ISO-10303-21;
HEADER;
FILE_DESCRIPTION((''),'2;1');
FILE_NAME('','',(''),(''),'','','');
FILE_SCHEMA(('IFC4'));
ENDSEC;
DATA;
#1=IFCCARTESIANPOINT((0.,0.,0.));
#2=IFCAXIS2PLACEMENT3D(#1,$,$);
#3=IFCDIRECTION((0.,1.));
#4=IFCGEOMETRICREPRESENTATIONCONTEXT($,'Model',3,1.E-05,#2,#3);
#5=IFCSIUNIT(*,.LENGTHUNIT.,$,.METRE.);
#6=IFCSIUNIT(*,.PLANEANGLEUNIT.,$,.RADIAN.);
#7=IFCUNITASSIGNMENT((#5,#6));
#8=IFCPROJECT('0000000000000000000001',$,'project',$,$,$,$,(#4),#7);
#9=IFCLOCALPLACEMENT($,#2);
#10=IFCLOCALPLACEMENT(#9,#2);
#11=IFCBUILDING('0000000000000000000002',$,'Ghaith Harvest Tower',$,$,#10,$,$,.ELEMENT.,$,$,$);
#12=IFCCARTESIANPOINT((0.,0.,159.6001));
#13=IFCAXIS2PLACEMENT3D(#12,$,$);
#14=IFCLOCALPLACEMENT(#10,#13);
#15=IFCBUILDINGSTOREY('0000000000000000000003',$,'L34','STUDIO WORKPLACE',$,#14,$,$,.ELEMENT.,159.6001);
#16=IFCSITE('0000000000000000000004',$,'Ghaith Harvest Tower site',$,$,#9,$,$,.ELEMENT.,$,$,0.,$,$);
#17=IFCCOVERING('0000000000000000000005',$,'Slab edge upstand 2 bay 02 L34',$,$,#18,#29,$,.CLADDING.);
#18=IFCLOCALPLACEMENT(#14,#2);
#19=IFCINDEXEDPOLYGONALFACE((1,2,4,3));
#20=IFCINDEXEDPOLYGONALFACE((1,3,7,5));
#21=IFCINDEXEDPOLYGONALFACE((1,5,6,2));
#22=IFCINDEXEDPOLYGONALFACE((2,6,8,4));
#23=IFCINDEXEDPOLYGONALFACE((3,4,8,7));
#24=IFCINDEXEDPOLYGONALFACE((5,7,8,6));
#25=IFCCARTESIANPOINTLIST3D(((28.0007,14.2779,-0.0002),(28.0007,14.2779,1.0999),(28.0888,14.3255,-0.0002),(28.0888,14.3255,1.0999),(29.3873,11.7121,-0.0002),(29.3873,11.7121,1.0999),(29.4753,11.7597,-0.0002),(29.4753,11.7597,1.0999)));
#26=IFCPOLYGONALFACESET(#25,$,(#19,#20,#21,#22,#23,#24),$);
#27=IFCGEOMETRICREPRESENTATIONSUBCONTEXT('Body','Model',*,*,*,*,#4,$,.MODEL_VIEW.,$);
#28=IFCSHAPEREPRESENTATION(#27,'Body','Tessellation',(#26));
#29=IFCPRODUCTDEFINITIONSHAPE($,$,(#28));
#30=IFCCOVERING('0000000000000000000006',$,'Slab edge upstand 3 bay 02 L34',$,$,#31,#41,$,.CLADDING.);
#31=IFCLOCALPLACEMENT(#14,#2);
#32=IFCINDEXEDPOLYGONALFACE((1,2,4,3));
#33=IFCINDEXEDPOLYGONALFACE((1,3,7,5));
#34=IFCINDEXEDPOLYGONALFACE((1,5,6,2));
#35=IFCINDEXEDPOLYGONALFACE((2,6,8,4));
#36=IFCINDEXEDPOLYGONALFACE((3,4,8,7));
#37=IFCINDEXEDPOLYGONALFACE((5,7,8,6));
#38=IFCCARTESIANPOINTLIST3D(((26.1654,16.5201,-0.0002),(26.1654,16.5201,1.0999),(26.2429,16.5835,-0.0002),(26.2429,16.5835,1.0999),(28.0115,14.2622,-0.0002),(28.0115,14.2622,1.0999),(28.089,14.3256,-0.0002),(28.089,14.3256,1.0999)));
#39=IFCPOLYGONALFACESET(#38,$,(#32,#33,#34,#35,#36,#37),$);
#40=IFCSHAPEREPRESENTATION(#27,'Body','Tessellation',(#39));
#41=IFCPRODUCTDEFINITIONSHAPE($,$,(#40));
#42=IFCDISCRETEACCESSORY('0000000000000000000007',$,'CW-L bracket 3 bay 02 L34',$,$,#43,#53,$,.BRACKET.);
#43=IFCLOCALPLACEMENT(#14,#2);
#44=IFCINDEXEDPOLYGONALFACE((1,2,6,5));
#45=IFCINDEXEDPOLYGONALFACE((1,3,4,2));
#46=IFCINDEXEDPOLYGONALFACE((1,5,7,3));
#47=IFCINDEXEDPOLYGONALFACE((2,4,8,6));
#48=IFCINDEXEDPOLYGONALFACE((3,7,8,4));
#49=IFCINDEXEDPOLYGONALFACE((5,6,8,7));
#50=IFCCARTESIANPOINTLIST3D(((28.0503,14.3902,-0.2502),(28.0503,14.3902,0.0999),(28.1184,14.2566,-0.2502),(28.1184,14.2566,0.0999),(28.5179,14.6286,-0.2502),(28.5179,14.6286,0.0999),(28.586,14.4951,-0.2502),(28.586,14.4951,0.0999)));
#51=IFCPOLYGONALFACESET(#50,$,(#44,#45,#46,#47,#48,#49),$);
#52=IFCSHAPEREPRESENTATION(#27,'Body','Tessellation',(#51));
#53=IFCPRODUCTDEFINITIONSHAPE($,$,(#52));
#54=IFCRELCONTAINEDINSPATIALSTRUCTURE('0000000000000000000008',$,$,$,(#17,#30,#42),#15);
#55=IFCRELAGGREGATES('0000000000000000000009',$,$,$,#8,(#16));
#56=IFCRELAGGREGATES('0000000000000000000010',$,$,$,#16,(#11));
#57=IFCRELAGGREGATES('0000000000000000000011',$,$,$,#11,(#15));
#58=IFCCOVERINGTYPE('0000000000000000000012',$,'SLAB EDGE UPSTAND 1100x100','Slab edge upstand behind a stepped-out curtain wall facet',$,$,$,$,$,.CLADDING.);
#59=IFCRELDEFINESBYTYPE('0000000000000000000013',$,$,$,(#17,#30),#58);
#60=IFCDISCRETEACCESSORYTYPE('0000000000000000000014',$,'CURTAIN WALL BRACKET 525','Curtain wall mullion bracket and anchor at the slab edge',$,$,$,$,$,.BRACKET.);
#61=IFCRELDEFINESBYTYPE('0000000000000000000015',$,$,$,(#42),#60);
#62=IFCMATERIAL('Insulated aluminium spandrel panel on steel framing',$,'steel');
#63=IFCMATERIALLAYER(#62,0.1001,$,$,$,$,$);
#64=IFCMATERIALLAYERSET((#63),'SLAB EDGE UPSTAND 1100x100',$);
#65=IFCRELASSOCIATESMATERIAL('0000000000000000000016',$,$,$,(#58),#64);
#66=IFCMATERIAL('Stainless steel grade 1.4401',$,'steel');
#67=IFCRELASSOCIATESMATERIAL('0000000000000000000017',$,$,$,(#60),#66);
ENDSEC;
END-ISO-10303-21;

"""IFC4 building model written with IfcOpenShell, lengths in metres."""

from ifc_helpers import new_model, si_unit, direction, frame, origin, origin_2d, place, context, subcontext, project, spatial, rectangle, extrude, material, layer, layer_set, type_object, element, save


model = new_model("IFC4")

# Units and contexts
model_context = context("Model", 3, precision=1e-05, world=origin(), true_north=direction((0.0, 1.0)))
body_context = subcontext(model_context, "Body", "Model", "MODEL_VIEW")
ifc_project = project(units=[si_unit("LENGTHUNIT", "METRE"), si_unit("PLANEANGLEUNIT", "RADIAN")], contexts=[model_context])

# Site, building, storey
site_placement = place(None, origin())
site = spatial("IfcSite", under=ifc_project, at=site_placement, Name="Ghaith Harvest Tower site", CompositionType="ELEMENT", RefElevation=0.0)
building_placement = place(site_placement, origin())
building = spatial("IfcBuilding", under=site, at=building_placement, Name="Ghaith Harvest Tower", CompositionType="ELEMENT")
storey_placement = place(building_placement, frame((0.0, 0.0, 159.6001)))
storey = spatial("IfcBuildingStorey", under=building, at=storey_placement, Name="L34", Description="STUDIO WORKPLACE", CompositionType="ELEMENT", Elevation=159.6001)

# Coverings
ifc_material_1 = material(Name="Insulated aluminium spandrel panel on steel framing", Category="steel")
ifc_layer_1 = layer(ifc_material_1, 0.1001)
ifc_layer_set_1 = layer_set([ifc_layer_1], Name="SLAB EDGE UPSTAND 1100x100")
covering_type = type_object("IfcCoveringType", Name="SLAB EDGE UPSTAND 1100x100", Description="Slab edge upstand behind a stepped-out curtain wall facet", PredefinedType="CLADDING", material=ifc_layer_set_1)
for number, where, z_axis, x_axis, name in (
    (1, (28.738, 13.0188, -0.0002), (0.0, 0.0, 1.0), (-0.475409, 0.879765, 0.0), "Slab edge upstand 2 bay 02 L34"),
    (2, (27.1272, 15.4229, -0.0002), (0.0, 0.0, 1.0), (-0.63297, 0.774177, 0.0), "Slab edge upstand 3 bay 02 L34"),
):
    element("IfcCovering", number, at=place(storey_placement, frame(where, z_axis=z_axis, x_axis=x_axis)), inside=storey, type_object=covering_type, Name=name, PredefinedType="CLADDING", context=body_context, shape_type="SweptSolid", body=[
        extrude(rectangle(XDim=2.9165, YDim=0.1001, at=origin_2d()), origin(), (0.0, 0.0, 1.0), 1.1001),
    ])

# Discrete accessory
ifc_material_2 = material(Name="Stainless steel grade 1.4401", Category="steel")
discrete_accessory_type = type_object("IfcDiscreteAccessoryType", Name="CURTAIN WALL BRACKET 525", Description="Curtain wall mullion bracket and anchor at the slab edge", PredefinedType="BRACKET", material=ifc_material_2)
discrete_accessory_placement = place(storey_placement, frame((28.3181, 14.4426, -0.2502), z_axis=(0.0, 0.0, 1.0), x_axis=(0.890831, 0.454335, 0.0)))
element("IfcDiscreteAccessory", 3, at=discrete_accessory_placement, inside=storey, type_object=discrete_accessory_type, Name="CW-L bracket 3 bay 02 L34", PredefinedType="BRACKET", context=body_context, shape_type="SweptSolid", body=[
    extrude(rectangle(XDim=0.5249, YDim=0.1499, at=origin_2d()), origin(), (0.0, 0.0, 1.0), 0.3501),
])

save(model, "model.ifc")
